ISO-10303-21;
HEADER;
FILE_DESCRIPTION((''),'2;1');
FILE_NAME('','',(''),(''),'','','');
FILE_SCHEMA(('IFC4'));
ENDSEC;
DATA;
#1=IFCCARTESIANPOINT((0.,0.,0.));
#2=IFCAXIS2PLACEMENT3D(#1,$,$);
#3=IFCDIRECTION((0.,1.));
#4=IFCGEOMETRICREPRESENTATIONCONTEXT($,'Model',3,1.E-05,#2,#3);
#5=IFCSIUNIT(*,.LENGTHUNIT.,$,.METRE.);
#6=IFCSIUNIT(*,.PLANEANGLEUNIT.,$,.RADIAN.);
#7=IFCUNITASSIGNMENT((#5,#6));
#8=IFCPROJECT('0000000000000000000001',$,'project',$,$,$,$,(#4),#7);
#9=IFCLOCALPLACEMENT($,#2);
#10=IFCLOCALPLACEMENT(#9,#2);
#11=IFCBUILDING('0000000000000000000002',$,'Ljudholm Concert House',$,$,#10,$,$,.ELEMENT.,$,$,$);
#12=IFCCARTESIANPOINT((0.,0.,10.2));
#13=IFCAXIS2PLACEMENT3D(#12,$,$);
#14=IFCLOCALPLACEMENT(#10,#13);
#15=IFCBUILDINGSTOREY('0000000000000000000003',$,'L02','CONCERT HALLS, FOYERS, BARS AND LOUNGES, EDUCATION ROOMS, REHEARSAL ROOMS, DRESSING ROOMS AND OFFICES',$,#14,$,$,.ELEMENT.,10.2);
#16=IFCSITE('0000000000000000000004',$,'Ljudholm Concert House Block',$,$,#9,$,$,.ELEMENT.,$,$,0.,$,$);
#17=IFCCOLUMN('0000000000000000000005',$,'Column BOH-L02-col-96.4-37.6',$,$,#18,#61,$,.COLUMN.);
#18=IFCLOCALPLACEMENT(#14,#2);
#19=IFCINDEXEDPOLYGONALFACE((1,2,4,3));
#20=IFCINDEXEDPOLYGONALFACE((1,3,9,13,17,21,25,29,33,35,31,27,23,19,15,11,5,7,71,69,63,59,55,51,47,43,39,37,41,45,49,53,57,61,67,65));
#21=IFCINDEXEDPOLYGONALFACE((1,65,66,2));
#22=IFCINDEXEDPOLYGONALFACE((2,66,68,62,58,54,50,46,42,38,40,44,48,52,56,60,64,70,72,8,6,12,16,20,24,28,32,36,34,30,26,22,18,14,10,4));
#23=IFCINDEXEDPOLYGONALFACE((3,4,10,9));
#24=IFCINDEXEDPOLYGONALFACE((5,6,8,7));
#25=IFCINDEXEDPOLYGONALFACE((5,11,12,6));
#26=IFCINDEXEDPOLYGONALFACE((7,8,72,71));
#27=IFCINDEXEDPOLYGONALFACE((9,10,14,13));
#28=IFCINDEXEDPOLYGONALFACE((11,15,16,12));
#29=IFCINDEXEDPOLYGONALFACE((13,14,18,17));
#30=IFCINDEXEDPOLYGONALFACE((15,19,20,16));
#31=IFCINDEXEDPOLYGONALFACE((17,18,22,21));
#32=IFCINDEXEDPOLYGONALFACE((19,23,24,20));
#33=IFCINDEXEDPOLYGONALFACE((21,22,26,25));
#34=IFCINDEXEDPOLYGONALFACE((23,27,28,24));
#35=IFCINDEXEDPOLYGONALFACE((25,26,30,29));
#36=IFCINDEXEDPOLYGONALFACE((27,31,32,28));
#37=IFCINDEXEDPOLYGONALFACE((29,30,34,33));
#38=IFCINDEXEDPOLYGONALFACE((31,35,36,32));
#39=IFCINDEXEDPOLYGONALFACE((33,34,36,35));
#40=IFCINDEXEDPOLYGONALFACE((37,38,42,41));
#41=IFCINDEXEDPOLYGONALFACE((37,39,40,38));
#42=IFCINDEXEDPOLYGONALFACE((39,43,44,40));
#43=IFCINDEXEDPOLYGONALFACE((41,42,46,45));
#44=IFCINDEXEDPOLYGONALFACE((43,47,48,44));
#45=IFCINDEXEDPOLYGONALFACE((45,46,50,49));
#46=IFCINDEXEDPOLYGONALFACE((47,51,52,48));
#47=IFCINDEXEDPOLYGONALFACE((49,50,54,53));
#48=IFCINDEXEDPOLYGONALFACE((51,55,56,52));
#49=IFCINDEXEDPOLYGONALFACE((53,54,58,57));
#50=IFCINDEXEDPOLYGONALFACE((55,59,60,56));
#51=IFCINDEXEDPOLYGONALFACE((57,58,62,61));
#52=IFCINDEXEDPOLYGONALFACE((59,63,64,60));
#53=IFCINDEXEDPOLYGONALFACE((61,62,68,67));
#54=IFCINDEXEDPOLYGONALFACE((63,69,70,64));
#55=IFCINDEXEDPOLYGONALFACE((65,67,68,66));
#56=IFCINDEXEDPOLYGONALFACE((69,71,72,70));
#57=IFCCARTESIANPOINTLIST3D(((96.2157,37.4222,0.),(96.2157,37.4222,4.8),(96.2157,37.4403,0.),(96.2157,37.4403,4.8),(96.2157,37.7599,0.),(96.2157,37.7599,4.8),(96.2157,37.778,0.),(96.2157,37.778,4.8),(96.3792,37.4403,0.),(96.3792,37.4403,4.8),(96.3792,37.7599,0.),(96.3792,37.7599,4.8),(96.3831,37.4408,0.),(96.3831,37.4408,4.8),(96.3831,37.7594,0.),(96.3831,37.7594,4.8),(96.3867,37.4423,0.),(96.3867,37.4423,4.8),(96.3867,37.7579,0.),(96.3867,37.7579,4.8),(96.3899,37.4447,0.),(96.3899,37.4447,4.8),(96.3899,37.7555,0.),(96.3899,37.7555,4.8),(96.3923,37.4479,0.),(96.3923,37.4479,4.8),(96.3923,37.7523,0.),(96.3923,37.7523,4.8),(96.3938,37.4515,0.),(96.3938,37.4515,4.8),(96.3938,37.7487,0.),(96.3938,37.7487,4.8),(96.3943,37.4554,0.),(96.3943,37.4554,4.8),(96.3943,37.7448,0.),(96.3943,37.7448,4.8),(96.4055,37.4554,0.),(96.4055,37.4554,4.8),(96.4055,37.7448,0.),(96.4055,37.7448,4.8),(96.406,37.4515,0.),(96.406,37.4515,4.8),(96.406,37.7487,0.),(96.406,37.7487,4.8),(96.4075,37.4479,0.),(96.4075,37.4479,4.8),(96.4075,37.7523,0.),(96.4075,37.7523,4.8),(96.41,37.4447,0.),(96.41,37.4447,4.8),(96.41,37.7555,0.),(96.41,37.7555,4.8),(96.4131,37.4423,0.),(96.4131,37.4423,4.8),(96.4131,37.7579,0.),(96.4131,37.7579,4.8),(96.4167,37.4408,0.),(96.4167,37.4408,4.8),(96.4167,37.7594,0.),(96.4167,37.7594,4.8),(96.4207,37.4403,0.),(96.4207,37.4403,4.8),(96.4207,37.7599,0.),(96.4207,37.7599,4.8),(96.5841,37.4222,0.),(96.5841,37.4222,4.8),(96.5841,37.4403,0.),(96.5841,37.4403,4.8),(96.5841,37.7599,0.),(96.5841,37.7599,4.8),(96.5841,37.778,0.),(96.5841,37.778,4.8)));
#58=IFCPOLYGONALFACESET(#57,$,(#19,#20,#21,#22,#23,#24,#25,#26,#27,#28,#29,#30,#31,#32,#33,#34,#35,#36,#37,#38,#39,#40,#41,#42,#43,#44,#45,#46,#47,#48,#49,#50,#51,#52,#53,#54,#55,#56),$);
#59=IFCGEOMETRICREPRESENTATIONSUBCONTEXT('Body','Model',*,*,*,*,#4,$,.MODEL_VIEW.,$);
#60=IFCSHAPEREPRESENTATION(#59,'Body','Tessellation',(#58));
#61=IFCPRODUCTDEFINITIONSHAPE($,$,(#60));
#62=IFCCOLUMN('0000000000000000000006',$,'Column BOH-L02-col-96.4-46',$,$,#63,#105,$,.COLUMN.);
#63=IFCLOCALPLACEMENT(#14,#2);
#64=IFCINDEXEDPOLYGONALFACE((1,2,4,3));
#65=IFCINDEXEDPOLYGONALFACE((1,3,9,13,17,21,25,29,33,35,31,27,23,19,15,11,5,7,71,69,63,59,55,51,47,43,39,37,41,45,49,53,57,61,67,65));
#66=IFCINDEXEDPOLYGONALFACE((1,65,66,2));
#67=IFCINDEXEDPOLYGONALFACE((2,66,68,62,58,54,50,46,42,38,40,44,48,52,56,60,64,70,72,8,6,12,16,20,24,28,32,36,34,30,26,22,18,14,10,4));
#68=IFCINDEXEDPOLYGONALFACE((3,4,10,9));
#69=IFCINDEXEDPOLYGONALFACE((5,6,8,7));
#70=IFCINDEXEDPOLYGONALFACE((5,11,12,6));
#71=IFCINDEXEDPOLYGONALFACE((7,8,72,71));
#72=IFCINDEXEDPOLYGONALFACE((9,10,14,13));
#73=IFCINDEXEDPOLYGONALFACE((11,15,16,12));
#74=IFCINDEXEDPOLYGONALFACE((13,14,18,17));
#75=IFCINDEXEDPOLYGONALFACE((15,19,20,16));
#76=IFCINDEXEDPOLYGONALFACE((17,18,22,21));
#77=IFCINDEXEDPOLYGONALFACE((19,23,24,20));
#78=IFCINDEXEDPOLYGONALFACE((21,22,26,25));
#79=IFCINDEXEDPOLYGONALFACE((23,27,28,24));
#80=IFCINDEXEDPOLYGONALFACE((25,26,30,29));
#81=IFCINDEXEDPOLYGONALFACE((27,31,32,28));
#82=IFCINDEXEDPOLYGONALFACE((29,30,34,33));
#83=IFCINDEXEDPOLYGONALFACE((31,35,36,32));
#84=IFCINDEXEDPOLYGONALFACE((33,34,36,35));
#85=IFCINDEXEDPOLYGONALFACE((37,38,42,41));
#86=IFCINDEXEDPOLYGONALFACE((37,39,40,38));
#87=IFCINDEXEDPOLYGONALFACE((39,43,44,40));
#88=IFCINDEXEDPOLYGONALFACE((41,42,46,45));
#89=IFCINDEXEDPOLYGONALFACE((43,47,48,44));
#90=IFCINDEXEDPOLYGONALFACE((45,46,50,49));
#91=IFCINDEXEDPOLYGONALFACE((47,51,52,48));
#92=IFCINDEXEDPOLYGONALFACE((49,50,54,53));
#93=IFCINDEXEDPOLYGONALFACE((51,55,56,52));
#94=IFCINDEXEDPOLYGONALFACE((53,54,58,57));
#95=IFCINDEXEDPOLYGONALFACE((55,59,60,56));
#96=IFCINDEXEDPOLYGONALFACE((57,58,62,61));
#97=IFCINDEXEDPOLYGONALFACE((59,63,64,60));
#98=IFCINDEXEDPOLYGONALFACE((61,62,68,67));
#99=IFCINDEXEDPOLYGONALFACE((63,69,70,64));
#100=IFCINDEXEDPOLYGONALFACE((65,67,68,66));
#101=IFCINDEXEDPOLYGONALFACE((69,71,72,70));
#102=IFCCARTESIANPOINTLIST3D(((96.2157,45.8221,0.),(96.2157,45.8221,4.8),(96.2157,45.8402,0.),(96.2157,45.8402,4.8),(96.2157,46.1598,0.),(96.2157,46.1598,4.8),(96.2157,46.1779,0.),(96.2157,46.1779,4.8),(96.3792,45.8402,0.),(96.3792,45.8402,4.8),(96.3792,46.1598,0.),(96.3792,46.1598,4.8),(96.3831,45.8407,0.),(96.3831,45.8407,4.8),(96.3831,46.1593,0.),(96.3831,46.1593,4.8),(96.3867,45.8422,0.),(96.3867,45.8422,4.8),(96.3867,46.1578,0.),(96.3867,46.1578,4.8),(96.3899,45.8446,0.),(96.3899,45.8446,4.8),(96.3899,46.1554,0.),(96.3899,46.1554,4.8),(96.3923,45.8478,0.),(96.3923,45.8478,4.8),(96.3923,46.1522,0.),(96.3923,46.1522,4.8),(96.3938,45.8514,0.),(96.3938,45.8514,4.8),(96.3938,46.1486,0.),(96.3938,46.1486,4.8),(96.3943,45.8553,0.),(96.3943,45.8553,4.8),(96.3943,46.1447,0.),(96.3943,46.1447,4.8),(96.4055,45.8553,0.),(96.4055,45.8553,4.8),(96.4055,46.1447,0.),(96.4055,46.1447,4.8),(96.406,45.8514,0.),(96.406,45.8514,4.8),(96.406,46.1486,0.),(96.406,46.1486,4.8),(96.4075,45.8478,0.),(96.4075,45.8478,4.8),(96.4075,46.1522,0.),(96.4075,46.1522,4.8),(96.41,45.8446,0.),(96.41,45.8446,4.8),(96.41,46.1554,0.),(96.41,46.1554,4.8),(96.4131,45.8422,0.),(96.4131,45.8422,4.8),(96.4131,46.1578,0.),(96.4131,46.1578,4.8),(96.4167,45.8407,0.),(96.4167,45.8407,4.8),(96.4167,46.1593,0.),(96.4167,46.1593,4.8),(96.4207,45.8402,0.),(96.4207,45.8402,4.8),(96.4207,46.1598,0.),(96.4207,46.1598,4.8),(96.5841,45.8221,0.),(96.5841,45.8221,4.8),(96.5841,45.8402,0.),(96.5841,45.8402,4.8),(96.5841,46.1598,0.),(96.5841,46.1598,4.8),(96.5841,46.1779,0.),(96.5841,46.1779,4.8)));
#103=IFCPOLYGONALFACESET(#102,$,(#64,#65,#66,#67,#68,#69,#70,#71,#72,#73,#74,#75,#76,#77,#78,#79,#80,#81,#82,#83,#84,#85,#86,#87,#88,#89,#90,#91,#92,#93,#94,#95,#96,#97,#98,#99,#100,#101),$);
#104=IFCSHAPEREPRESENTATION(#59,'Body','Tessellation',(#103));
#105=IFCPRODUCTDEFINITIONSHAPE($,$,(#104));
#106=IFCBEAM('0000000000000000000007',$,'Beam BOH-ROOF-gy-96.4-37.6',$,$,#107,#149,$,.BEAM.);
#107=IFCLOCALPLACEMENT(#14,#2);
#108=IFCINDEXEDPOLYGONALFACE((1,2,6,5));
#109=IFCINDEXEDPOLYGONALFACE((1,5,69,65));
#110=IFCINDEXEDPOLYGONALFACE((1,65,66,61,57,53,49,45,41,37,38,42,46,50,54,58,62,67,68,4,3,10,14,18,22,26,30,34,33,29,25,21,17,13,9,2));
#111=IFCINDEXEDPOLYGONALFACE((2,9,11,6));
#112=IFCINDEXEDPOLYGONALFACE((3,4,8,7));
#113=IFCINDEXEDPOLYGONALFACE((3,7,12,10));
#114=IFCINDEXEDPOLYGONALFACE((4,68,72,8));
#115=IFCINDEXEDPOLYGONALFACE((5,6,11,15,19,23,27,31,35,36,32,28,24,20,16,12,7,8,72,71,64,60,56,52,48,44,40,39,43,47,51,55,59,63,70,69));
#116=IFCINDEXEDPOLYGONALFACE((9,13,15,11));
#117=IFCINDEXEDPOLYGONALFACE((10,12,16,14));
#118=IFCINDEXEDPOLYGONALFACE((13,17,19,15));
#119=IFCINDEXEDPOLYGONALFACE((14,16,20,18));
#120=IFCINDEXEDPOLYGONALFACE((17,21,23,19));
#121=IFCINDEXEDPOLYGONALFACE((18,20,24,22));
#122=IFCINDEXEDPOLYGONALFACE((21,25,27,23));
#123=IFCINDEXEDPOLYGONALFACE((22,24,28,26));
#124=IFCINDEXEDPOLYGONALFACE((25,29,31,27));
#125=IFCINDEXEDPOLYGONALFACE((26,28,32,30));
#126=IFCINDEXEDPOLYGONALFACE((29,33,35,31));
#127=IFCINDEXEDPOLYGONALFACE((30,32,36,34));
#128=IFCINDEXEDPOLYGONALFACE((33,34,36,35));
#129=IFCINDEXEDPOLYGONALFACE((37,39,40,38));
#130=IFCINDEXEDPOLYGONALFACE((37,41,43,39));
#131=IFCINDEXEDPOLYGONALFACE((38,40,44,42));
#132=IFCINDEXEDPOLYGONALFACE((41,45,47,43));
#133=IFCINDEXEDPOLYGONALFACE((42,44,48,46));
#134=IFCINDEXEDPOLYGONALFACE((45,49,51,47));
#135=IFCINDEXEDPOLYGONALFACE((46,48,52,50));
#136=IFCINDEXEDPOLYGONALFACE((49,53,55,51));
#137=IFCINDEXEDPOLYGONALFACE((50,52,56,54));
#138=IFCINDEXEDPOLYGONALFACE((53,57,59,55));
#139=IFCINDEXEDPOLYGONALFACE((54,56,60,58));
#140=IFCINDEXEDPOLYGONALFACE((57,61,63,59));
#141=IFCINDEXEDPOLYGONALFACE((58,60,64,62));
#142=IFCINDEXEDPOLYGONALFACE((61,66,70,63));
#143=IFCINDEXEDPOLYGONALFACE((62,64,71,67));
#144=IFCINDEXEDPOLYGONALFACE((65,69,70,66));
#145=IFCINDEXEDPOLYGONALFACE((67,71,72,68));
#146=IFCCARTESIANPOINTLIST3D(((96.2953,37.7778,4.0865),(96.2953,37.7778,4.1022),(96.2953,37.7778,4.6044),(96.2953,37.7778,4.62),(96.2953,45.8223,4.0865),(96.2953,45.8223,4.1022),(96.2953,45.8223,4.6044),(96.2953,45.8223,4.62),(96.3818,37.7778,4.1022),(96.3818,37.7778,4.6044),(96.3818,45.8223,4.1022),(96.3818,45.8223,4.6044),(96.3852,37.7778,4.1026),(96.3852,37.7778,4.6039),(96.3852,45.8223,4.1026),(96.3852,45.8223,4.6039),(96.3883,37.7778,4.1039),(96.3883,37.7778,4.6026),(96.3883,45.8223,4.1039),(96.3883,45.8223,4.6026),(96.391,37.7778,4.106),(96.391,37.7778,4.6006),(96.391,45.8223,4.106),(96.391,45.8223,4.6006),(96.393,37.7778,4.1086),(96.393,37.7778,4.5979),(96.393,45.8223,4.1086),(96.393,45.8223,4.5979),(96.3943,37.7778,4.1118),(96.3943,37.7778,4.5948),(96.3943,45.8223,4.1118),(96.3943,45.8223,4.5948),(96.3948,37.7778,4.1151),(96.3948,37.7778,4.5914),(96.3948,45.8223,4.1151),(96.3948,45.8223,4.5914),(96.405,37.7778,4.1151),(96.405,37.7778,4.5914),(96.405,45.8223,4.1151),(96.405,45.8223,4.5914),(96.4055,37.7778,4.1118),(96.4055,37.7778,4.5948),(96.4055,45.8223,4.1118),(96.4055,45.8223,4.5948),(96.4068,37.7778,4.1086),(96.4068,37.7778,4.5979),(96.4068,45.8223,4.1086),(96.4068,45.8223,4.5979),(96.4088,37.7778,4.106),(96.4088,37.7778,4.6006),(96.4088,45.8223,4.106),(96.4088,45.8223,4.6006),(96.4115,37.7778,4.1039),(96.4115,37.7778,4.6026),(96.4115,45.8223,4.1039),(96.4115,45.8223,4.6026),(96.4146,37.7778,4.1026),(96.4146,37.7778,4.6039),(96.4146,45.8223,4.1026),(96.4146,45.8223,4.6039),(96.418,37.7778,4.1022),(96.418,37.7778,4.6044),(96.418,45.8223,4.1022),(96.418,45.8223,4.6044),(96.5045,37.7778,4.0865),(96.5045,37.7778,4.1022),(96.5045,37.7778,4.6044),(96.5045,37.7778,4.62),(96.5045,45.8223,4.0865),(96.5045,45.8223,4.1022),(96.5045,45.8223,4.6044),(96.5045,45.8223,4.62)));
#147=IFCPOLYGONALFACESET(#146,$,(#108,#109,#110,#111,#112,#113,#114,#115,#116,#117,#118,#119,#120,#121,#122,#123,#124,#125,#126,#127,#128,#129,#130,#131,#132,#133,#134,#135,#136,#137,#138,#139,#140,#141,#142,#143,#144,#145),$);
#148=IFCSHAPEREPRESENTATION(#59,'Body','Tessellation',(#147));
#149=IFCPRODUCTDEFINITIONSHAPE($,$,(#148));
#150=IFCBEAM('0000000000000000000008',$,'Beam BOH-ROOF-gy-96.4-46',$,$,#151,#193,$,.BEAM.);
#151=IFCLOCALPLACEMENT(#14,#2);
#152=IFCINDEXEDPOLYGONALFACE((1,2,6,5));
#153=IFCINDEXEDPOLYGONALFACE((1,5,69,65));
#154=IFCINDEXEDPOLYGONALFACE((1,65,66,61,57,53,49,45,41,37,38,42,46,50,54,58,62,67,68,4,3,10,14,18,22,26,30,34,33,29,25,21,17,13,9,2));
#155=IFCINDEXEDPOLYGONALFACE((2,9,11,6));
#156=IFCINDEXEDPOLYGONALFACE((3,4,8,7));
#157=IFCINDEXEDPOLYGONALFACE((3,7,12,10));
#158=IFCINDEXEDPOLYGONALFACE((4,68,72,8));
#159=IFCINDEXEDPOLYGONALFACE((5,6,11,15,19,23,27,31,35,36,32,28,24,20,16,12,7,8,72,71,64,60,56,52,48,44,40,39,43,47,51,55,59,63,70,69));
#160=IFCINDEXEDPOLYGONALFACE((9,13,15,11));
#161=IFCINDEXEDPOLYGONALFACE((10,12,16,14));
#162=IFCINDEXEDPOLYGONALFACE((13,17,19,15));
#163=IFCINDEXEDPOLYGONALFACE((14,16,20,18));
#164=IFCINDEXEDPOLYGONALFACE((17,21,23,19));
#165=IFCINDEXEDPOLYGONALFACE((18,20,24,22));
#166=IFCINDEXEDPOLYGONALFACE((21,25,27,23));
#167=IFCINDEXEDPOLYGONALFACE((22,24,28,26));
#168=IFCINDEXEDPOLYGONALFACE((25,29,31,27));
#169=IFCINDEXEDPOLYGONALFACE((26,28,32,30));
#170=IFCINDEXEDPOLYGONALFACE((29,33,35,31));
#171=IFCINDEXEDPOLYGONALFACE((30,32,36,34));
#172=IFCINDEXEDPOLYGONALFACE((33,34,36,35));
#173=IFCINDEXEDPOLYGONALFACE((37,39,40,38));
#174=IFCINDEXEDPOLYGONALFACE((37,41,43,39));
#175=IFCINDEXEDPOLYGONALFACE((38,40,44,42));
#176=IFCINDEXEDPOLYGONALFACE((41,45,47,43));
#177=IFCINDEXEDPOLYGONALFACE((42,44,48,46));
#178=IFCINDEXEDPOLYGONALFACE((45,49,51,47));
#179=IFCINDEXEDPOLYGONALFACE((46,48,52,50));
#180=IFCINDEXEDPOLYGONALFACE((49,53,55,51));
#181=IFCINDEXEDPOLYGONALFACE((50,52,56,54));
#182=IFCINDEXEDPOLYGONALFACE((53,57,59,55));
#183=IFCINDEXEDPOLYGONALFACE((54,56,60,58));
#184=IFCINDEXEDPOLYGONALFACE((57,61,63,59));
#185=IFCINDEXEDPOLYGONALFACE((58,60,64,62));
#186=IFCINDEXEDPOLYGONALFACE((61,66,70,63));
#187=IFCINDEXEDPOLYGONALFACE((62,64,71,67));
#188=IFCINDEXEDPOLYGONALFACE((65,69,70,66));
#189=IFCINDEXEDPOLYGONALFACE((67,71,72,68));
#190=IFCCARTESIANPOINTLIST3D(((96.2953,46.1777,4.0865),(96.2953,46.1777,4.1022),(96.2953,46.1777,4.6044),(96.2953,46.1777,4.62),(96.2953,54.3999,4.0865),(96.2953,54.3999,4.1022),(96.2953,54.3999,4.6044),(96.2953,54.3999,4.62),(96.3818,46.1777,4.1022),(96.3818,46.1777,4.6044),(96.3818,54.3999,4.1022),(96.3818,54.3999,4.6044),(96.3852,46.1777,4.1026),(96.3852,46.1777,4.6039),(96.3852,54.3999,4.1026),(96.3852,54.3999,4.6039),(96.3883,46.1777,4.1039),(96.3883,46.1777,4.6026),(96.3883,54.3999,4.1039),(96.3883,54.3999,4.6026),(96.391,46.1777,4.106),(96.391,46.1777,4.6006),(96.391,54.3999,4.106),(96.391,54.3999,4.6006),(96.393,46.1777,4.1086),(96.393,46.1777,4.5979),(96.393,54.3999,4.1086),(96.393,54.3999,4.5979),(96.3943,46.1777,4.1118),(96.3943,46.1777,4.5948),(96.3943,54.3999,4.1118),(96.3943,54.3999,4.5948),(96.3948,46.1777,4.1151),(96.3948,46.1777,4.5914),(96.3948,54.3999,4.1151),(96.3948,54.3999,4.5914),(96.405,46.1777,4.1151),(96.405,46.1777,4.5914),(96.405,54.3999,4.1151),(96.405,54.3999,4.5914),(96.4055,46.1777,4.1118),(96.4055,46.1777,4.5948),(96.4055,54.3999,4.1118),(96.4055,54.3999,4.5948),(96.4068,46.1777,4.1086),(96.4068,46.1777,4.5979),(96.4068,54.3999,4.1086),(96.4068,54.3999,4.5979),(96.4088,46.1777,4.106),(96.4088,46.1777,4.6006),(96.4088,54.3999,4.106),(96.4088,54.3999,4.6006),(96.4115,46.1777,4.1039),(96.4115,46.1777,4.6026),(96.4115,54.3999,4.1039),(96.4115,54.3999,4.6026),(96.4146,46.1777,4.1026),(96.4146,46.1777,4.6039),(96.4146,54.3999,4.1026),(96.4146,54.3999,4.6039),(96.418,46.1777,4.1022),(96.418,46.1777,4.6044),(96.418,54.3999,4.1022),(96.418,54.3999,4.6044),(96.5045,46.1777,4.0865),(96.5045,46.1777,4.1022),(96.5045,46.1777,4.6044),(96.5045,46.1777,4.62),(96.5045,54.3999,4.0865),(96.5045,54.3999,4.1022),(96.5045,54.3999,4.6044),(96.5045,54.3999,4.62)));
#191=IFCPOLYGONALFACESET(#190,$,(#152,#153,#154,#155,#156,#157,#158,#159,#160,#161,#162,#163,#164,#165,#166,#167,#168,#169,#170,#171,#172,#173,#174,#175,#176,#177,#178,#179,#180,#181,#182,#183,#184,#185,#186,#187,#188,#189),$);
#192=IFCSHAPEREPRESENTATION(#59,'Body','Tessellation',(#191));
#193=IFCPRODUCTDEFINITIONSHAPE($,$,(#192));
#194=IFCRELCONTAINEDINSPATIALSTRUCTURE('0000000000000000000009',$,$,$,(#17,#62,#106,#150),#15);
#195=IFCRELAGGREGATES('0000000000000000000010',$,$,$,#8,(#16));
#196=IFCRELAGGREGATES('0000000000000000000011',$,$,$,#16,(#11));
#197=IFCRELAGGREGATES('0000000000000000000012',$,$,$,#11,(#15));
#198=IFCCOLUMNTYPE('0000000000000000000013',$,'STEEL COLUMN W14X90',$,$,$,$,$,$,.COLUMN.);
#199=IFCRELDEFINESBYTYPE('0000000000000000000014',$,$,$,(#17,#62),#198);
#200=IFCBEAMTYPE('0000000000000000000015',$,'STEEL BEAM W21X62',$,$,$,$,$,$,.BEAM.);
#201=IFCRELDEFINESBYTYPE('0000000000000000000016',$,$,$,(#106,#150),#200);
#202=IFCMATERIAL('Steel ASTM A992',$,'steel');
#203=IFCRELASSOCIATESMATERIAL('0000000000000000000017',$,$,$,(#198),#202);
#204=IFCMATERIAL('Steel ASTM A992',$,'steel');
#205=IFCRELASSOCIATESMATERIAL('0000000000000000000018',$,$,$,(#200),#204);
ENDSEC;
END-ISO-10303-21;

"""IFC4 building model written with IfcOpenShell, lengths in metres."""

from ifc_helpers import new_model, si_unit, direction, frame, origin, origin_2d, place, context, subcontext, project, spatial, i_section, extrude, material, material_profile, profile_set, type_object, element, save


model = new_model("IFC4")

# Units and contexts
model_context = context("Model", 3, precision=1e-05, world=origin(), true_north=direction((0.0, 1.0)))
body_context = subcontext(model_context, "Body", "Model", "MODEL_VIEW")
ifc_project = project(units=[si_unit("LENGTHUNIT", "METRE"), si_unit("PLANEANGLEUNIT", "RADIAN")], contexts=[model_context])

# Site, building, storey
site_placement = place(None, origin())
site = spatial("IfcSite", under=ifc_project, at=site_placement, Name="Ljudholm Concert House Block", CompositionType="ELEMENT", RefElevation=0.0)
building_placement = place(site_placement, origin())
building = spatial("IfcBuilding", under=site, at=building_placement, Name="Ljudholm Concert House", CompositionType="ELEMENT")
storey_placement = place(building_placement, frame((0.0, 0.0, 10.2)))
storey = spatial("IfcBuildingStorey", under=building, at=storey_placement, Name="L02", Description="CONCERT HALLS, FOYERS, BARS AND LOUNGES, EDUCATION ROOMS, REHEARSAL ROOMS, DRESSING ROOMS AND OFFICES", CompositionType="ELEMENT", Elevation=10.2)

# Columns
ifc_material_1 = material(Name="Steel ASTM A992", Category="steel")
ifc_material_profile_1 = material_profile(ifc_material_1, i_section(OverallWidth=0.3684, OverallDepth=0.3557, WebThickness=0.0112, FlangeThickness=0.0181, FilletRadius=0.0151, at=origin_2d()), Name="W14X90")
ifc_profile_set_1 = profile_set([ifc_material_profile_1], Name="Steel ASTM A992")
column_type = type_object("IfcColumnType", Name="STEEL COLUMN W14X90", PredefinedType="COLUMN", material=ifc_profile_set_1)
for number, where, z_axis, x_axis, name in (
    (1, (96.3999, 37.6001, 0.0), (0.0, 0.0, 1.0), (1.0, 0.0, 0.0), "Column BOH-L02-col-96.4-37.6"),
    (2, (96.3999, 46.0, 0.0), (0.0, 0.0, 1.0), (1.0, 0.0, 0.0), "Column BOH-L02-col-96.4-46"),
):
    element("IfcColumn", number, at=place(storey_placement, frame(where, z_axis=z_axis, x_axis=x_axis)), inside=storey, type_object=column_type, Name=name, PredefinedType="COLUMN", context=body_context, shape_type="SweptSolid", body=[
        extrude(i_section(OverallWidth=0.3684, OverallDepth=0.3557, WebThickness=0.0112, FlangeThickness=0.0181, FilletRadius=0.0151, at=origin_2d()), origin(), (0.0, 0.0, 1.0), 4.8),
    ])

# Beams
ifc_material_2 = material(Name="Steel ASTM A992", Category="steel")
ifc_material_profile_2 = material_profile(ifc_material_2, i_section(OverallWidth=0.2092, OverallDepth=0.5334, WebThickness=0.0103, FlangeThickness=0.0156, FilletRadius=0.0129, at=origin_2d()), Name="W21X62")
ifc_profile_set_2 = profile_set([ifc_material_profile_2], Name="Steel ASTM A992")
beam_type_1 = type_object("IfcBeamType", Name="STEEL BEAM W21X62", PredefinedType="BEAM", material=ifc_profile_set_2)
beam_1_placement = place(storey_placement, frame((96.3999, 37.7778, 4.3533), z_axis=(0.0, 1.0, 0.0), x_axis=(-1.0, 0.0, 0.0)))
element("IfcBeam", 3, at=beam_1_placement, inside=storey, type_object=beam_type_1, Name="Beam BOH-ROOF-gy-96.4-37.6", PredefinedType="BEAM", context=body_context, shape_type="SweptSolid", body=[
    extrude(i_section(OverallWidth=0.2092, OverallDepth=0.5334, WebThickness=0.0103, FlangeThickness=0.0156, FilletRadius=0.0129, at=origin_2d()), origin(), (0.0, 0.0, 1.0), 8.0444),
])
beam_2_placement = place(storey_placement, frame((96.3999, 46.1777, 4.3533), z_axis=(0.0, 1.0, 0.0), x_axis=(-1.0, 0.0, 0.0)))
element("IfcBeam", 4, at=beam_2_placement, inside=storey, type_object=beam_type_1, Name="Beam BOH-ROOF-gy-96.4-46", PredefinedType="BEAM", context=body_context, shape_type="SweptSolid", body=[
    extrude(i_section(OverallWidth=0.2092, OverallDepth=0.5334, WebThickness=0.0103, FlangeThickness=0.0156, FilletRadius=0.0129, at=origin_2d()), origin(), (0.0, 0.0, 1.0), 8.2222),
])

save(model, "model.ifc")
